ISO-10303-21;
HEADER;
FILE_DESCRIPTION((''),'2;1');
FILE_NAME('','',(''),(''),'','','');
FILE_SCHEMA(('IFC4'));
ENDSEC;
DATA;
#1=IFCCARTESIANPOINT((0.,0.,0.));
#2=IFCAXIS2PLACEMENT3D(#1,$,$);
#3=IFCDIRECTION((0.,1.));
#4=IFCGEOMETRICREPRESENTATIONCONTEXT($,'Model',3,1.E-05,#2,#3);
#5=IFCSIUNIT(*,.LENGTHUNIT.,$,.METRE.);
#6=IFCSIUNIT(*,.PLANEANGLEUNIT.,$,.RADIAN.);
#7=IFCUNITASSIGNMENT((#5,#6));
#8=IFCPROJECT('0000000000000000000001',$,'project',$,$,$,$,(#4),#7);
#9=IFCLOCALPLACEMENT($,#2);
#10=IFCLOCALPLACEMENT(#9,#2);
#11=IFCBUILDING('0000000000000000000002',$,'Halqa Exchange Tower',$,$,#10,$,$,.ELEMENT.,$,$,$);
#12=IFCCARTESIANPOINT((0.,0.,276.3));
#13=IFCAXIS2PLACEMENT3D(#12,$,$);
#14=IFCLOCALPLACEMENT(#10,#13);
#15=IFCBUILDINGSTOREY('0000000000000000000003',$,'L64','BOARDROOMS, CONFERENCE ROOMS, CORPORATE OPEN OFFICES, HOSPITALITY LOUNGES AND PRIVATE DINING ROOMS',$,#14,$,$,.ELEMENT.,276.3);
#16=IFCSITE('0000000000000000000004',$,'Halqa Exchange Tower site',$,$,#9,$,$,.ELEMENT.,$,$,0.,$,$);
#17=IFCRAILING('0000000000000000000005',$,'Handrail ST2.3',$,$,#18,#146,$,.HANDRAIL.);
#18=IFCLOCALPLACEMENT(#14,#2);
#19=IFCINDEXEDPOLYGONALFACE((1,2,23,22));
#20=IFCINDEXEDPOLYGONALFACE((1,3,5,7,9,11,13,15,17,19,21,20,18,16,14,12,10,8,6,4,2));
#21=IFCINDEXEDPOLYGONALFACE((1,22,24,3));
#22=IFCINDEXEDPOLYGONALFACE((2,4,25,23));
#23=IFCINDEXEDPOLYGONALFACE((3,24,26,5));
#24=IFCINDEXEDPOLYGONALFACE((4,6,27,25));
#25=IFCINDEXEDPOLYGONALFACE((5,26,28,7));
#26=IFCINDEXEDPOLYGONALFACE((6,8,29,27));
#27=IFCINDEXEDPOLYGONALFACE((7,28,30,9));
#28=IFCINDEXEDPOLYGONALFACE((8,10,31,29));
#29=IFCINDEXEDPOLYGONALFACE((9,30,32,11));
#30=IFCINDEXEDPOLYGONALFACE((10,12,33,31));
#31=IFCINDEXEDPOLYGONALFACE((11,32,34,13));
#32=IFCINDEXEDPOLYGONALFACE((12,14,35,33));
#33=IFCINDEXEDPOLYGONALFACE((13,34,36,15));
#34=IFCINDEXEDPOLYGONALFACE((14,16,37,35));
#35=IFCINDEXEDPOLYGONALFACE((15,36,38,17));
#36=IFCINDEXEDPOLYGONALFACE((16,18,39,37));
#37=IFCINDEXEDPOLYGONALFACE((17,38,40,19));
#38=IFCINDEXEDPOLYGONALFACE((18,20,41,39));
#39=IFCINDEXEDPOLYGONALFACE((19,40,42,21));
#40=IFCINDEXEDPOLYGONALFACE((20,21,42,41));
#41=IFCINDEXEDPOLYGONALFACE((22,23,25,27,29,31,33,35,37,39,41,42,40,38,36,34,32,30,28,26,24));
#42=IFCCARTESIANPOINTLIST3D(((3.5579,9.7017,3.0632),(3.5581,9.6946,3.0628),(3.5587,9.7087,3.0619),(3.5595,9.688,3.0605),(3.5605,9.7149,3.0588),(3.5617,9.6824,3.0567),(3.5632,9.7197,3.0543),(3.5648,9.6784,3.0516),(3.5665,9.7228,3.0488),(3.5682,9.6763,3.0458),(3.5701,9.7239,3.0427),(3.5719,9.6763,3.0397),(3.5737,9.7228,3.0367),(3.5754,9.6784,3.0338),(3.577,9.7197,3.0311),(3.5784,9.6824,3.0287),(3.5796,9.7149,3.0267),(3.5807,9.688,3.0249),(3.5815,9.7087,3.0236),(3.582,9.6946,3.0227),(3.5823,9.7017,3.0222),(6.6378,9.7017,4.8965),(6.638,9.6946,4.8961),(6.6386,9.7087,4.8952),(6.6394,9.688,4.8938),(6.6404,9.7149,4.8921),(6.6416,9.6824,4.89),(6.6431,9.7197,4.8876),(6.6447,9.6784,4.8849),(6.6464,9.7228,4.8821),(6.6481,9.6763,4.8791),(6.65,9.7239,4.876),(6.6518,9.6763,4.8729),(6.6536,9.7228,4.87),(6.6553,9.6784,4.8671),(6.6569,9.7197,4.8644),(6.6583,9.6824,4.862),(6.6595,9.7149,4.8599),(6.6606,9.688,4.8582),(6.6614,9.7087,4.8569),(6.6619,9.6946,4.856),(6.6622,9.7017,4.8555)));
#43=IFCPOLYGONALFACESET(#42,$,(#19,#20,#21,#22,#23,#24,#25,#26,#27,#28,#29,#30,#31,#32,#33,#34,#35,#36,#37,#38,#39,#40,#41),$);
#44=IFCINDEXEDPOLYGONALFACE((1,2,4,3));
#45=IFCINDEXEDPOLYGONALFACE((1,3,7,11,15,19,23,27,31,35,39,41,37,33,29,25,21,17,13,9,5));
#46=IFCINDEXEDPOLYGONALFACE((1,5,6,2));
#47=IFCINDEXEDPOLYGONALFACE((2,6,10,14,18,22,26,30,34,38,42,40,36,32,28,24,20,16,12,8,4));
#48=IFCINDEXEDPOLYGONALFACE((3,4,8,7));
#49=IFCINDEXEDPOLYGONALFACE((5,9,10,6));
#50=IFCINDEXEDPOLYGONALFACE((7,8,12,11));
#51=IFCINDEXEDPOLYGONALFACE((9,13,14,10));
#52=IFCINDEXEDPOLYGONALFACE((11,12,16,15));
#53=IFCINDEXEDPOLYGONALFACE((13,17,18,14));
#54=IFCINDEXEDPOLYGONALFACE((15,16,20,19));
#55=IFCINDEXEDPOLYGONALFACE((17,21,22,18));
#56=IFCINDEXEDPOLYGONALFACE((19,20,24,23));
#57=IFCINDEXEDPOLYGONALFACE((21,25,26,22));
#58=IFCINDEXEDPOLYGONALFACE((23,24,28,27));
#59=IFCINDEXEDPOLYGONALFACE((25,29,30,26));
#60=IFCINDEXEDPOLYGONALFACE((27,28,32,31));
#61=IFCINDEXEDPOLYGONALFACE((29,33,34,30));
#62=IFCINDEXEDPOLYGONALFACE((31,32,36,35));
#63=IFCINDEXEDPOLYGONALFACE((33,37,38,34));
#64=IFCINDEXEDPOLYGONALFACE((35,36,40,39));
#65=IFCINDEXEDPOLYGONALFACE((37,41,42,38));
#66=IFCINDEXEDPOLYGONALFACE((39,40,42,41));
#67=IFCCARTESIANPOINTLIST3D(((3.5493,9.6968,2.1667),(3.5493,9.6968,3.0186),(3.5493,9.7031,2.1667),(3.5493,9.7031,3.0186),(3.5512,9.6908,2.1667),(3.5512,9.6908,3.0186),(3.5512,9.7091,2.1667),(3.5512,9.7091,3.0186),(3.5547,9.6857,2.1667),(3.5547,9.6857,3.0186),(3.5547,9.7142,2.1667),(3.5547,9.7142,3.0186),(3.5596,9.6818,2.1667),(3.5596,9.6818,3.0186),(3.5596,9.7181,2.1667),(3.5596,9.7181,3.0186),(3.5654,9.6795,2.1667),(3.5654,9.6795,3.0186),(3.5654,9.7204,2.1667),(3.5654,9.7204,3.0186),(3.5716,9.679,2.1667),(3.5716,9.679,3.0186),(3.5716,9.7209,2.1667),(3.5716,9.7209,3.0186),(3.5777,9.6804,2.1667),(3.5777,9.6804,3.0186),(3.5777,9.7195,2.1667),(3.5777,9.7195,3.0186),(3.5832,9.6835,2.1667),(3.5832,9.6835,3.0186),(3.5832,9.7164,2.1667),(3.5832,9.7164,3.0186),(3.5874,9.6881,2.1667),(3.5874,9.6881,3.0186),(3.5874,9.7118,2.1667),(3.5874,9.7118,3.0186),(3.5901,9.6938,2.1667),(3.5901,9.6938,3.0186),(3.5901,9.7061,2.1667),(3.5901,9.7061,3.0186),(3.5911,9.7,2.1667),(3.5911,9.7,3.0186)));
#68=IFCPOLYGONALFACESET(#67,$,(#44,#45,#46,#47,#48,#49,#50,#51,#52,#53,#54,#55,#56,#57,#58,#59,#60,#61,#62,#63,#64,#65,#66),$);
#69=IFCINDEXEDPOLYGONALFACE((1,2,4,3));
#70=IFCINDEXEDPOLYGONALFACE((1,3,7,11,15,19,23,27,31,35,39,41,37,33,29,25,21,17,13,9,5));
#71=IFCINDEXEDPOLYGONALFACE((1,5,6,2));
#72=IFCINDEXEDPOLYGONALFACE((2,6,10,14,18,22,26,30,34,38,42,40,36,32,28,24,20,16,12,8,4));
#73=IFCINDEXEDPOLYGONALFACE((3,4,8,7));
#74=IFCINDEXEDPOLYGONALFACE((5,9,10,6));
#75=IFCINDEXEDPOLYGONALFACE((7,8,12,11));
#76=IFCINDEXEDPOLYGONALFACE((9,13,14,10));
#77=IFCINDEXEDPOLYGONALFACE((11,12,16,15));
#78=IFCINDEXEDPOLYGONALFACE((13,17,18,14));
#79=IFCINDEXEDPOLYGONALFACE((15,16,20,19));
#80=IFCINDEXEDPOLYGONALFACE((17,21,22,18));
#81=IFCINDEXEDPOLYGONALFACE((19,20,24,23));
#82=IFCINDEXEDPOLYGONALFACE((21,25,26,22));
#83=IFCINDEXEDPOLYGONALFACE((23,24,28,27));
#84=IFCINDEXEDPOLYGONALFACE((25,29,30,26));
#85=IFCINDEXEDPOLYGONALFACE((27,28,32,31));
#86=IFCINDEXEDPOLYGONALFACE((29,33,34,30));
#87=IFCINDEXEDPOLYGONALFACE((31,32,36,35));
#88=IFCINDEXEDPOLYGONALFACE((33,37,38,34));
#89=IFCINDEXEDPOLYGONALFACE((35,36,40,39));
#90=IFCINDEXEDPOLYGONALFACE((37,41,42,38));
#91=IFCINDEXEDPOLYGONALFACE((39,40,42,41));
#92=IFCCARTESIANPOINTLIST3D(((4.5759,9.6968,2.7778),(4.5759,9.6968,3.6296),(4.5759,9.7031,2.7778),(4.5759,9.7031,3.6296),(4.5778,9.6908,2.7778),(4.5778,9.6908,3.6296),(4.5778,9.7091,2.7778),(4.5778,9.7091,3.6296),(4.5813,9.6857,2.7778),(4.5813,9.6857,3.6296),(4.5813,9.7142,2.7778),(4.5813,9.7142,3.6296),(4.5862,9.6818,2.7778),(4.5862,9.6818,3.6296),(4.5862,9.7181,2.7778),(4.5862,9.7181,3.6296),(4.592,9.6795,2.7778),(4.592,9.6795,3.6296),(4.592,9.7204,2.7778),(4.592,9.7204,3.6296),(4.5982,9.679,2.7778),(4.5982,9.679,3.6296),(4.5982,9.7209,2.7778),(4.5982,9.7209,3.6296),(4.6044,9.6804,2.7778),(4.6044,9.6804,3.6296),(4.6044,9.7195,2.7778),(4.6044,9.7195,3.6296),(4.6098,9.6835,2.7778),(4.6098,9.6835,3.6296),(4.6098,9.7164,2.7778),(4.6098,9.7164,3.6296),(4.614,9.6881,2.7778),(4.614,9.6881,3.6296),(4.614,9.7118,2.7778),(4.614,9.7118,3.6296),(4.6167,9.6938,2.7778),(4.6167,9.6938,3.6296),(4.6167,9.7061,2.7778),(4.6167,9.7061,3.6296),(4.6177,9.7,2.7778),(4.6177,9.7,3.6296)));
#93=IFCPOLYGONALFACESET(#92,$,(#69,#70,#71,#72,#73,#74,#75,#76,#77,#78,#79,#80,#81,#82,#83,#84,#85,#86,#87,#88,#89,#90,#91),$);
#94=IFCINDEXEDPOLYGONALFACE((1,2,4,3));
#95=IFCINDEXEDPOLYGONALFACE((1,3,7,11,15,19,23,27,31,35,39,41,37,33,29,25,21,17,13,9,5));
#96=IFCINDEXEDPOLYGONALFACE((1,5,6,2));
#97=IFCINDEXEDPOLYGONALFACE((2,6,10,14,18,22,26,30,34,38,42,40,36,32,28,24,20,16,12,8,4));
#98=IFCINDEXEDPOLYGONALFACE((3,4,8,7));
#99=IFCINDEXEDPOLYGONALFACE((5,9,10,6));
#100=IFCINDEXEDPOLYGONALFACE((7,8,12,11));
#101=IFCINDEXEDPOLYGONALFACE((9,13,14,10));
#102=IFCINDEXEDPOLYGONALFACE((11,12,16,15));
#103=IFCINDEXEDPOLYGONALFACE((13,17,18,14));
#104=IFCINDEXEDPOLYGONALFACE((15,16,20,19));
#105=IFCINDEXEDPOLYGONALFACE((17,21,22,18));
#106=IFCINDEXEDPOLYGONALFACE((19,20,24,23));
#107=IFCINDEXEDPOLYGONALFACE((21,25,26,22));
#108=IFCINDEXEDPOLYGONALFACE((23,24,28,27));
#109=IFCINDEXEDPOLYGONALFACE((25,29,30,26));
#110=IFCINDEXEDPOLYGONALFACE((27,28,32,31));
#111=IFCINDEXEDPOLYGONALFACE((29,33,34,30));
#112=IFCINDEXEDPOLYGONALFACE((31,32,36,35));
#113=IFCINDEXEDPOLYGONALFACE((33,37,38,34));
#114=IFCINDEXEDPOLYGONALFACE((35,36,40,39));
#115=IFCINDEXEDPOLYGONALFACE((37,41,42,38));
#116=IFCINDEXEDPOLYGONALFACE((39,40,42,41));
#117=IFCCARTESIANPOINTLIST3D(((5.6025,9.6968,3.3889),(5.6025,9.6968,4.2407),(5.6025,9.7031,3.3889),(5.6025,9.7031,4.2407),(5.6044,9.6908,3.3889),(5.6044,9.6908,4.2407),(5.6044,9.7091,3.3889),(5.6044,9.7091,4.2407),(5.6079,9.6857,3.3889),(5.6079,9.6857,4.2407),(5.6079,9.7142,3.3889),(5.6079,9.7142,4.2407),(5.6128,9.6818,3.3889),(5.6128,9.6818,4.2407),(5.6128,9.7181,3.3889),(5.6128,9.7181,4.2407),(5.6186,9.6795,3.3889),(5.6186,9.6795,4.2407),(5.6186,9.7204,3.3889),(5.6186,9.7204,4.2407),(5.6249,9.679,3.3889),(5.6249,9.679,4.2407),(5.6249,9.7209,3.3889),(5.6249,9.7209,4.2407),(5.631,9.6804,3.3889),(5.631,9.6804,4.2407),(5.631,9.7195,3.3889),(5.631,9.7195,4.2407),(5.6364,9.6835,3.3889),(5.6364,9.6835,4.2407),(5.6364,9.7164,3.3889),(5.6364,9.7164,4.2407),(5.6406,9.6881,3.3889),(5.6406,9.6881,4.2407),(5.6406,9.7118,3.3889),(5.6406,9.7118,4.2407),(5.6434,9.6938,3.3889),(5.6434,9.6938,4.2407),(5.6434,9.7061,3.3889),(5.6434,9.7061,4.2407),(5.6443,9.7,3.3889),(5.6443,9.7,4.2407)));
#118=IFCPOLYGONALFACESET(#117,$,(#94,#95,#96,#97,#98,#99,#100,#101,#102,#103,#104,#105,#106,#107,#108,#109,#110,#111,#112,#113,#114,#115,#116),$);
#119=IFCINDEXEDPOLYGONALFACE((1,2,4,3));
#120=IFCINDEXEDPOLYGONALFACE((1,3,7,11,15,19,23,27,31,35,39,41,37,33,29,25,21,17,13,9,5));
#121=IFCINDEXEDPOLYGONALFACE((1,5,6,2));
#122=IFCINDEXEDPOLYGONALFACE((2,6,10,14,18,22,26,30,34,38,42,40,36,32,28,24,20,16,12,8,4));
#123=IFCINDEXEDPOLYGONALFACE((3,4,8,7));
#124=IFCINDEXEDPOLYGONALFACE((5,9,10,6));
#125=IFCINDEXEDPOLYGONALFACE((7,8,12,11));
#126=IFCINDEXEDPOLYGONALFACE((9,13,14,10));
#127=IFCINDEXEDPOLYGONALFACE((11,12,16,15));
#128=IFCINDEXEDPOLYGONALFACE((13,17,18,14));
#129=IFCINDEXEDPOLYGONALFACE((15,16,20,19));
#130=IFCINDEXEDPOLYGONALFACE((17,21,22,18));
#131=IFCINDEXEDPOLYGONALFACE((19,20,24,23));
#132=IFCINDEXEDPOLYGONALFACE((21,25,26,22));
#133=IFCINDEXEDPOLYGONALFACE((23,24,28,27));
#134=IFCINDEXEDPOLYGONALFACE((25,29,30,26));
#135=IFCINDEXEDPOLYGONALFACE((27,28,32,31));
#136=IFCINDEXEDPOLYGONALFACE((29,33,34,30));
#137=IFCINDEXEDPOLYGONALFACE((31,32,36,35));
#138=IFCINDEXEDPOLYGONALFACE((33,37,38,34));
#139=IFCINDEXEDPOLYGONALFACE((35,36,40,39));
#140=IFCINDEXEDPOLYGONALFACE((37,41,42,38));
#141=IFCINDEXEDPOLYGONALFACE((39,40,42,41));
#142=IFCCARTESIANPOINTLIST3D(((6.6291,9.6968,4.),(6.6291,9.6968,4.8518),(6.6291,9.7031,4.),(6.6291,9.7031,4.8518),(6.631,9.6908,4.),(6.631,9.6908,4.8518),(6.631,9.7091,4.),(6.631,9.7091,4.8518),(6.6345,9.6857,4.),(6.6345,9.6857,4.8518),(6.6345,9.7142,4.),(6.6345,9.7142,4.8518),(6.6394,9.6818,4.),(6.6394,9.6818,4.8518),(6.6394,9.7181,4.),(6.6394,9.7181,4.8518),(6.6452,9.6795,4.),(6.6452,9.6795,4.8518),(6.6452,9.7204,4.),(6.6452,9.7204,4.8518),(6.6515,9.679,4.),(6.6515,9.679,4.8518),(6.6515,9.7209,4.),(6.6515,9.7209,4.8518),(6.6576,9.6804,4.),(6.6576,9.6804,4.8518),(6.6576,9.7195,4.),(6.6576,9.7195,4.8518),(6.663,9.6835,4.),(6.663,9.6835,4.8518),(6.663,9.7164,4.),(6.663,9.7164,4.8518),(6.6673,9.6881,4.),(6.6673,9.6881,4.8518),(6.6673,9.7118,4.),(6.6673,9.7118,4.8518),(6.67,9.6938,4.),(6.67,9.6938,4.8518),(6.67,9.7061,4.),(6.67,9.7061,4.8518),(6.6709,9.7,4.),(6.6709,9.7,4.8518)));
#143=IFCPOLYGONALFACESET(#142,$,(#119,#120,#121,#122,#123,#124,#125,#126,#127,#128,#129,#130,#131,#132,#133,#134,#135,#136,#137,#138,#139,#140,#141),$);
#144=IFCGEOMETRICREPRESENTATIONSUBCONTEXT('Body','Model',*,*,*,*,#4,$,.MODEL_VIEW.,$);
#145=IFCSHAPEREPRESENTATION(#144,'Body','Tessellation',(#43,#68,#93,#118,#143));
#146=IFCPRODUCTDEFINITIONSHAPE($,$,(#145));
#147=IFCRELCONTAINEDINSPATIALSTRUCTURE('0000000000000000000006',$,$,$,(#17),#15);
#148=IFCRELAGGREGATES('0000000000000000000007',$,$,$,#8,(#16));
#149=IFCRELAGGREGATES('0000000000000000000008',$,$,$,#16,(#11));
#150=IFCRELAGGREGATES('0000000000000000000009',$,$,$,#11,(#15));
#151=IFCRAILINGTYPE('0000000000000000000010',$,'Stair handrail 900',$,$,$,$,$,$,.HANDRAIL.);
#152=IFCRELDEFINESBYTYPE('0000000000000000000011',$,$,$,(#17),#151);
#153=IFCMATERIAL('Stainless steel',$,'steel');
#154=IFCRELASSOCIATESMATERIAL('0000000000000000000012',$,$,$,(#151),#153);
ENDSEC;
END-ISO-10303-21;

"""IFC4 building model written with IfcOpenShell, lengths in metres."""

from ifc_helpers import new_model, si_unit, direction, frame, origin, origin_2d, place, context, subcontext, project, spatial, circle, extrude, material, type_object, element, save


model = new_model("IFC4")

# Units and contexts
model_context = context("Model", 3, precision=1e-05, world=origin(), true_north=direction((0.0, 1.0)))
body_context = subcontext(model_context, "Body", "Model", "MODEL_VIEW")
ifc_project = project(units=[si_unit("LENGTHUNIT", "METRE"), si_unit("PLANEANGLEUNIT", "RADIAN")], contexts=[model_context])

# Site, building, storey
site_placement = place(None, origin())
site = spatial("IfcSite", under=ifc_project, at=site_placement, Name="Halqa Exchange Tower site", CompositionType="ELEMENT", RefElevation=0.0)
building_placement = place(site_placement, origin())
building = spatial("IfcBuilding", under=site, at=building_placement, Name="Halqa Exchange Tower", CompositionType="ELEMENT")
storey_placement = place(building_placement, frame((0.0, 0.0, 276.3)))
storey = spatial("IfcBuildingStorey", under=building, at=storey_placement, Name="L64", Description="BOARDROOMS, CONFERENCE ROOMS, CORPORATE OPEN OFFICES, HOSPITALITY LOUNGES AND PRIVATE DINING ROOMS", CompositionType="ELEMENT", Elevation=276.3)

# Railing
ifc_material_1 = material(Name="Stainless steel", Category="steel")
railing_type_1 = type_object("IfcRailingType", Name="Stair handrail 900", PredefinedType="HANDRAIL", material=ifc_material_1)
railing_1_placement = place(storey_placement, frame((3.5701, 9.7, 2.1667)))
element("IfcRailing", 1, at=railing_1_placement, inside=storey, type_object=railing_type_1, Name="Handrail ST2.3", PredefinedType="HANDRAIL", context=body_context, shape_type="SweptSolid", body=[
    extrude(circle(Radius=0.0239, at=origin_2d()), frame((0.0, 0.0, 0.876), z_axis=(0.859291, 0.0, 0.511487), x_axis=(0.0, 1.0, 0.0)), (0.0, 0.0, 1.0), 3.5842),
    extrude(circle(Radius=0.021, at=origin_2d()), origin(), (0.0, 0.0, 1.0), 0.8518),
    extrude(circle(Radius=0.021, at=origin_2d()), frame((1.0266, 0.0, 0.6111)), (0.0, 0.0, 1.0), 0.8518),
    extrude(circle(Radius=0.021, at=origin_2d()), frame((2.0532, 0.0, 1.2222)), (0.0, 0.0, 1.0), 0.8518),
    extrude(circle(Radius=0.021, at=origin_2d()), frame((3.0798, 0.0, 1.8333)), (0.0, 0.0, 1.0), 0.8518),
])

save(model, "model.ifc")
